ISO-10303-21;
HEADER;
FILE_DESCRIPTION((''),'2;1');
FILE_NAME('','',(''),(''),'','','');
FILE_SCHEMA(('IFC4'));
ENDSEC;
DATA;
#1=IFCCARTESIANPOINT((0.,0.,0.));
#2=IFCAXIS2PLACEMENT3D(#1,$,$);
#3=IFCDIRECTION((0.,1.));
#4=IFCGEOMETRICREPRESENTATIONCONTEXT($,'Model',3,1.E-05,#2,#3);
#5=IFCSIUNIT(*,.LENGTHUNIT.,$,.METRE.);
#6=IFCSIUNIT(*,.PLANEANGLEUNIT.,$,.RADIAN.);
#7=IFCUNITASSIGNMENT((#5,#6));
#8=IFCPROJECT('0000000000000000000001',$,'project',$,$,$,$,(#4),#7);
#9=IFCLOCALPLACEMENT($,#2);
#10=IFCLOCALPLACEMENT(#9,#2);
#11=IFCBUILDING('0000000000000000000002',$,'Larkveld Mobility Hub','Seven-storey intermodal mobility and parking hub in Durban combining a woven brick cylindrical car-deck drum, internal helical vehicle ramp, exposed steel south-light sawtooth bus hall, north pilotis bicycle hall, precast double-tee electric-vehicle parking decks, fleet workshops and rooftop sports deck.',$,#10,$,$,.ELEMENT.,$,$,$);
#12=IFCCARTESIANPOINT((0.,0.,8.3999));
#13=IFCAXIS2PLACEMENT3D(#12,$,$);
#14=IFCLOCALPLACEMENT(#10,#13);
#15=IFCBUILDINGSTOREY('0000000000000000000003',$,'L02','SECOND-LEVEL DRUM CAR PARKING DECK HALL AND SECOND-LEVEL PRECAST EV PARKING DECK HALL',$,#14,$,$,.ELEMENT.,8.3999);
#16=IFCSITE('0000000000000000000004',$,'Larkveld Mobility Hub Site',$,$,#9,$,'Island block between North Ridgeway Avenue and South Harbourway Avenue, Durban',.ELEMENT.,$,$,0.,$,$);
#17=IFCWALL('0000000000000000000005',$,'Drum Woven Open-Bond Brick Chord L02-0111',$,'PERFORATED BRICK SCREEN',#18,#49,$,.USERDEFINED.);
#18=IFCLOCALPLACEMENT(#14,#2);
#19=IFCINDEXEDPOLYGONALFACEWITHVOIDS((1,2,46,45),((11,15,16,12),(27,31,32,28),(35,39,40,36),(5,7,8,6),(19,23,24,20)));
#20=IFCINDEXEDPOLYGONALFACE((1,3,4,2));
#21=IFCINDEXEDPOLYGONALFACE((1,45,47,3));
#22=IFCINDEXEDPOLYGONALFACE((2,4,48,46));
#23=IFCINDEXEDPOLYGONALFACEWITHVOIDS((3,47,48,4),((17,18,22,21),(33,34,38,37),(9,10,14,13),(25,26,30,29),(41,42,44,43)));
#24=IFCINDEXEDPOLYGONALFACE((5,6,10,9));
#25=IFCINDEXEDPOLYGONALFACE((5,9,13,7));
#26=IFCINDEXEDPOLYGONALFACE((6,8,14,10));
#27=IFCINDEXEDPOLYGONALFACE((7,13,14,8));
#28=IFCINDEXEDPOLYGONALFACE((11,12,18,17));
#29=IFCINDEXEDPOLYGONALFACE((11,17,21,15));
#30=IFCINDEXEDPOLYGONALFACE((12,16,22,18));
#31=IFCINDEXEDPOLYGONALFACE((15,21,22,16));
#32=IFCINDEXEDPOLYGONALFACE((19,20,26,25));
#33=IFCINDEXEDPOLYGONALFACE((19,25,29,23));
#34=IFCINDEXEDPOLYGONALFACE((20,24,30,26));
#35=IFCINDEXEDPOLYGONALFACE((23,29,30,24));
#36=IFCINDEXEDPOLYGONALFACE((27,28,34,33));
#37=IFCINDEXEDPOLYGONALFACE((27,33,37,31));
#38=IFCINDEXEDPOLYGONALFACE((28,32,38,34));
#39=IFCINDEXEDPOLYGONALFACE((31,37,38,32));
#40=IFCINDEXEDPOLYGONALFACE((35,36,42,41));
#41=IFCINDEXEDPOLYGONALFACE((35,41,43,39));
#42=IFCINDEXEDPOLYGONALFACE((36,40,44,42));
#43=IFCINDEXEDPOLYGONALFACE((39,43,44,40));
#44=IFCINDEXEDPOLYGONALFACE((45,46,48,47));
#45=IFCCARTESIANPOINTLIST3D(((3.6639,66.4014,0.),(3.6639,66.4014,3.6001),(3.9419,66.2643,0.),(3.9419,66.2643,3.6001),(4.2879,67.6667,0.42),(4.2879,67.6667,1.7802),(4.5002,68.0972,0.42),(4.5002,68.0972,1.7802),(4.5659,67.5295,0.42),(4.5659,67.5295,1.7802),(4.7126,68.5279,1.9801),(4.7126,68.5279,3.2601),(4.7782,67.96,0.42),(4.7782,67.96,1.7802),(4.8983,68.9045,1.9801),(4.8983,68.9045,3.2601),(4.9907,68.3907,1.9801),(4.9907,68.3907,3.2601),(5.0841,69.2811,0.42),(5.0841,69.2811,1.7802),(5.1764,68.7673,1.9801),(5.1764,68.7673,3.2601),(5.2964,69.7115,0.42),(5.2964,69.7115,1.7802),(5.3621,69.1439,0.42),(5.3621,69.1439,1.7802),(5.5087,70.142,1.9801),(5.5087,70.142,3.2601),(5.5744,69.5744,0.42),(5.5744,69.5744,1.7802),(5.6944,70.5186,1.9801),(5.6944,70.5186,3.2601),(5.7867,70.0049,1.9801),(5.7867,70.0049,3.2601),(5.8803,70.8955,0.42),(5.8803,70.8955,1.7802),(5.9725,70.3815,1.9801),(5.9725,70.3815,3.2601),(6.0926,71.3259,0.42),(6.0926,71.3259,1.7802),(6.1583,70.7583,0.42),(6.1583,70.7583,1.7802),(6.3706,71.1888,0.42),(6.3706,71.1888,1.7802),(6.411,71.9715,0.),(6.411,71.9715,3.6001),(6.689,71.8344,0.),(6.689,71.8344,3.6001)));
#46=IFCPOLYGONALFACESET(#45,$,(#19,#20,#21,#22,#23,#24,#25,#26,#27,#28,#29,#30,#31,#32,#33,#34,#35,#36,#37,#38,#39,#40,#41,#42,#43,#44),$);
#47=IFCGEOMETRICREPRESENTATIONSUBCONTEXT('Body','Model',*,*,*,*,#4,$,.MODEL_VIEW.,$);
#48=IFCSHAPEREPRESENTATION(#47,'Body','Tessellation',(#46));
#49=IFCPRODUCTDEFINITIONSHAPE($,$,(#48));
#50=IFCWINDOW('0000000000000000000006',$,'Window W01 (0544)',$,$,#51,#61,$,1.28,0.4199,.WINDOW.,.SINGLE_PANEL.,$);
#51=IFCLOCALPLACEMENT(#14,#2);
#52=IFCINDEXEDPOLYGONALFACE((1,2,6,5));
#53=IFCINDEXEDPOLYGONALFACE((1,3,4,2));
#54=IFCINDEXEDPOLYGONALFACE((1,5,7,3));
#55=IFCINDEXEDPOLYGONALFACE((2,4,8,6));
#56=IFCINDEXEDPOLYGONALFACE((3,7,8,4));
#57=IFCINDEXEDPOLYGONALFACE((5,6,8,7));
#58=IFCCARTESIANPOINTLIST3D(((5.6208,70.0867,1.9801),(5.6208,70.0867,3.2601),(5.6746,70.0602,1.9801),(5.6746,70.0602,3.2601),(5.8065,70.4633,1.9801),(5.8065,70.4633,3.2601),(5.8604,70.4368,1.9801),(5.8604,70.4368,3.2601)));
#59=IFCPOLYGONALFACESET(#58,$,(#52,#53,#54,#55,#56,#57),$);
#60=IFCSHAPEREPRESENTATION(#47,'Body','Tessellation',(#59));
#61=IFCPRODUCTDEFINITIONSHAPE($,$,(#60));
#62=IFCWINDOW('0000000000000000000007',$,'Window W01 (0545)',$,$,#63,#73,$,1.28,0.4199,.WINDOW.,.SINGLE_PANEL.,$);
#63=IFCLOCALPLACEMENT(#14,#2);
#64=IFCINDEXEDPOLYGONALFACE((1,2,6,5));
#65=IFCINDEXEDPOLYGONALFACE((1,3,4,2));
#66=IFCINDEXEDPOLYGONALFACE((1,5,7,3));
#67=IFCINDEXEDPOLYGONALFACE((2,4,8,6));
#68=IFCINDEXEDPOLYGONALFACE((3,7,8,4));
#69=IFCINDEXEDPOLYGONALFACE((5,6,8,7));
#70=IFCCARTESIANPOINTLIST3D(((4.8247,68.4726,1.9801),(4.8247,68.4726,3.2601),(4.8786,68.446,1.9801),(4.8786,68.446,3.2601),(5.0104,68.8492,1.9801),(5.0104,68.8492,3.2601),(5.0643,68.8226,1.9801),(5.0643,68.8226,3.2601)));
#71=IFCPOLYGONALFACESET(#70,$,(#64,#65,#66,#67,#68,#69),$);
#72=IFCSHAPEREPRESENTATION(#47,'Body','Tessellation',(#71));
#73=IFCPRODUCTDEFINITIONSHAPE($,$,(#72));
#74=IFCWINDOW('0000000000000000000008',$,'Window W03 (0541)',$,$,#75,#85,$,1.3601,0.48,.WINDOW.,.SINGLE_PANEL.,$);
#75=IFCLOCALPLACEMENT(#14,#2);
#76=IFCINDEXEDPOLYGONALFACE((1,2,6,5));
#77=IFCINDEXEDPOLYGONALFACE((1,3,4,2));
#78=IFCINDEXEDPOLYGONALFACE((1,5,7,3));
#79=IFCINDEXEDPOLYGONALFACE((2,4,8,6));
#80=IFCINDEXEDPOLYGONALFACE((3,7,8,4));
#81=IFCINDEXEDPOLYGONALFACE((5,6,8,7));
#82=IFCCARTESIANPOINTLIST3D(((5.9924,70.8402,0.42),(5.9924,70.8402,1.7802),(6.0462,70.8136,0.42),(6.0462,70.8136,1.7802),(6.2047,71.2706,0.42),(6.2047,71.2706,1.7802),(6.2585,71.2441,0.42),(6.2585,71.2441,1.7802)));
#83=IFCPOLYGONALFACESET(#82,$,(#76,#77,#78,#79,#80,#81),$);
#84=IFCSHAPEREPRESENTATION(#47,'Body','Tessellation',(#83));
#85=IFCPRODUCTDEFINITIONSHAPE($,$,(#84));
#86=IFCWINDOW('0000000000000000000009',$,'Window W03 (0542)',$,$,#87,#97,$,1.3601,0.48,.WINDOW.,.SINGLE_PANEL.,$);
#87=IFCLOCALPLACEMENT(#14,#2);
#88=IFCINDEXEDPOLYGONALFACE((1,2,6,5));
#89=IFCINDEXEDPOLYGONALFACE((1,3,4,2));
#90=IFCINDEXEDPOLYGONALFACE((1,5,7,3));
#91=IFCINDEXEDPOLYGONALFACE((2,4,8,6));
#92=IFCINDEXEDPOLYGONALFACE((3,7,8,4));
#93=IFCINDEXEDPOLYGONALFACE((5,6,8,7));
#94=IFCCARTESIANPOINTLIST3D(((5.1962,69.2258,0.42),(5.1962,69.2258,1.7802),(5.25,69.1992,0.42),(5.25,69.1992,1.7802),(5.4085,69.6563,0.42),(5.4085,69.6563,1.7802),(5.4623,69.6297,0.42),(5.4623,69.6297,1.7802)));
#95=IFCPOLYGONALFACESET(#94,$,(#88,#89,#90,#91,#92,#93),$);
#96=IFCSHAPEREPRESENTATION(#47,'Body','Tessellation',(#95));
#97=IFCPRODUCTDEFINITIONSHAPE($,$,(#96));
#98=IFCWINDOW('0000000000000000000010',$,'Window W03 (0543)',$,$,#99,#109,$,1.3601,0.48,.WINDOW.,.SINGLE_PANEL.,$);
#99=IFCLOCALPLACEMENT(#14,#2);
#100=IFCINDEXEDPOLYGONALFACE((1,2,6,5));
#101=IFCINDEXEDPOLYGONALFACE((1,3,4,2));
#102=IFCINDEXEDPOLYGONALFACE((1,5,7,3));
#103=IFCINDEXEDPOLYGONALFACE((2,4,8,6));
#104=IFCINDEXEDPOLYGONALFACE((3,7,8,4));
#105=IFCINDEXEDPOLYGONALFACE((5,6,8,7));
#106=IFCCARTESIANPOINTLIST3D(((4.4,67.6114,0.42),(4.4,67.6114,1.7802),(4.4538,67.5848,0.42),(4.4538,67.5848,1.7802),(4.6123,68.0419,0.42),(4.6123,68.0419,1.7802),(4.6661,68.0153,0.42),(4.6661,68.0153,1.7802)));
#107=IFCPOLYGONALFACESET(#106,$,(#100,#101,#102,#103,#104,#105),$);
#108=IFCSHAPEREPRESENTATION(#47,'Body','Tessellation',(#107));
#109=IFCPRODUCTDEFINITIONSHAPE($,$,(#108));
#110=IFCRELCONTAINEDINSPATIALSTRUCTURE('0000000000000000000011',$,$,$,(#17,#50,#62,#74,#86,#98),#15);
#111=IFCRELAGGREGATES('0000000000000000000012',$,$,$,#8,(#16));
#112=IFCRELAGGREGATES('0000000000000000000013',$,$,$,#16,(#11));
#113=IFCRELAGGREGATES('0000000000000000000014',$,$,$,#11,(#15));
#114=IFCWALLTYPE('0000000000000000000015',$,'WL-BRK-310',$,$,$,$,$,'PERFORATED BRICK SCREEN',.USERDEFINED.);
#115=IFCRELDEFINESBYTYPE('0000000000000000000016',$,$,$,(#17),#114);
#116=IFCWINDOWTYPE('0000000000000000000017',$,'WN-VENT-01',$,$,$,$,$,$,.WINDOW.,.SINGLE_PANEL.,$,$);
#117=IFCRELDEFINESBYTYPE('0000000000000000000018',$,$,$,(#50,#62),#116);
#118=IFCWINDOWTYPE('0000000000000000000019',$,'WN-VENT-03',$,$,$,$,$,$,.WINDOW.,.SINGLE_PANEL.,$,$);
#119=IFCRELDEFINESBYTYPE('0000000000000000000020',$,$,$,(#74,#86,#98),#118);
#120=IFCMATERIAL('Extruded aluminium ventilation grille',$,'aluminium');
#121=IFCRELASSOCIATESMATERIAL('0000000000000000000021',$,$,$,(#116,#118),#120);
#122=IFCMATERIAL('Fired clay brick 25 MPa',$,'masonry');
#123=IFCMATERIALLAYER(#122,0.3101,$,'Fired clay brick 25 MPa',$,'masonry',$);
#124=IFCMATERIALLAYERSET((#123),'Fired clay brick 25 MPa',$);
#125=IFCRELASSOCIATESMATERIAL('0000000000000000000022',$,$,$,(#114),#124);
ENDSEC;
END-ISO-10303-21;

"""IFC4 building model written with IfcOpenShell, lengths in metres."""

from ifc_helpers import new_model, si_unit, direction, frame, frame_2d, origin, place, context, subcontext, project, spatial, rectangle, extrude, material, layer, layer_set, type_object, element, fill, save


model = new_model("IFC4")

# Units and contexts
model_context = context("Model", 3, precision=1e-05, world=origin(), true_north=direction((0.0, 1.0)))
body_context = subcontext(model_context, "Body", "Model", "MODEL_VIEW")
ifc_project = project(units=[si_unit("LENGTHUNIT", "METRE"), si_unit("PLANEANGLEUNIT", "RADIAN")], contexts=[model_context])

# Site, building, storey
site_placement = place(None, origin())
site = spatial("IfcSite", under=ifc_project, at=site_placement, Name="Larkveld Mobility Hub Site", LongName="Island block between North Ridgeway Avenue and South Harbourway Avenue, Durban", CompositionType="ELEMENT", RefElevation=0.0)
building_placement = place(site_placement, origin())
building = spatial("IfcBuilding", under=site, at=building_placement, Name="Larkveld Mobility Hub", Description="Seven-storey intermodal mobility and parking hub in Durban combining a woven brick cylindrical car-deck drum, internal helical vehicle ramp, exposed steel south-light sawtooth bus hall, north pilotis bicycle hall, precast double-tee electric-vehicle parking decks, fleet workshops and rooftop sports deck.", CompositionType="ELEMENT")
storey_placement = place(building_placement, frame((0.0, 0.0, 8.3999)))
storey = spatial("IfcBuildingStorey", under=building, at=storey_placement, Name="L02", Description="SECOND-LEVEL DRUM CAR PARKING DECK HALL AND SECOND-LEVEL PRECAST EV PARKING DECK HALL", CompositionType="ELEMENT", Elevation=8.3999)

# Wall, openings, windows
ifc_material_1 = material(Name="Fired clay brick 25 MPa", Category="masonry")
ifc_material_2 = material(Name="Extruded aluminium ventilation grille", Category="aluminium")
window_type_1 = type_object("IfcWindowType", Name="WN-VENT-01", PartitioningType="SINGLE_PANEL", PredefinedType="WINDOW", material=ifc_material_2)
window_type_2 = type_object("IfcWindowType", Name="WN-VENT-03", PartitioningType="SINGLE_PANEL", PredefinedType="WINDOW", material=ifc_material_2)
ifc_layer_1 = layer(ifc_material_1, 0.3101, Name="Fired clay brick 25 MPa", Category="masonry")
ifc_layer_set_1 = layer_set([ifc_layer_1], Name="Fired clay brick 25 MPa")
wall_type_1 = type_object("IfcWallType", Name="WL-BRK-310", ElementType="PERFORATED BRICK SCREEN", PredefinedType="USERDEFINED", material=ifc_layer_set_1)
wall_1_placement = place(storey_placement, frame((6.55, 71.9031, 0.0), z_axis=(0.0, 0.0, 1.0), x_axis=(-0.442317, -0.896859, 0.0)))
wall_1 = element("IfcWall", 1, at=wall_1_placement, inside=storey, type_object=wall_type_1, Name="Drum Woven Open-Bond Brick Chord L02-0111", ObjectType="PERFORATED BRICK SCREEN", PredefinedType="USERDEFINED", context=body_context, shape_type="SweptSolid", body=[
    extrude(rectangle(XDim=6.2107, YDim=0.3101, at=frame_2d((3.1055, 0.0))), origin(), (0.0, 0.0, 1.0), 3.6001),
])
opening_1_placement = place(wall_1_placement, frame((0.72, 0.0, 0.4199)))
opening_1 = element("IfcOpeningElement", 2, at=opening_1_placement, cuts=wall_1, PredefinedType="OPENING", context=body_context, shape_type="SweptSolid", body=[
    extrude(rectangle(XDim=0.48, YDim=1.3601, at=frame_2d((0.24, 0.6802))), frame((0.0, 0.165, 0.0), z_axis=(0.0, -1.0, 0.0), x_axis=(1.0, 0.0, 0.0)), (0.0, 0.0, 1.0), 0.3301),
])
opening_2_placement = place(wall_1_placement, frame((2.52, 0.0, 0.4199)))
opening_2 = element("IfcOpeningElement", 3, at=opening_2_placement, cuts=wall_1, PredefinedType="OPENING", context=body_context, shape_type="SweptSolid", body=[
    extrude(rectangle(XDim=0.48, YDim=1.3601, at=frame_2d((0.24, 0.6802))), frame((0.0, 0.165, 0.0), z_axis=(0.0, -1.0, 0.0), x_axis=(1.0, 0.0, 0.0)), (0.0, 0.0, 1.0), 0.3301),
])
opening_3_placement = place(wall_1_placement, frame((4.3201, 0.0, 0.4199)))
opening_3 = element("IfcOpeningElement", 4, at=opening_3_placement, cuts=wall_1, PredefinedType="OPENING", context=body_context, shape_type="SweptSolid", body=[
    extrude(rectangle(XDim=0.48, YDim=1.3601, at=frame_2d((0.24, 0.6802))), frame((0.0, 0.165, 0.0), z_axis=(0.0, -1.0, 0.0), x_axis=(1.0, 0.0, 0.0)), (0.0, 0.0, 1.0), 0.3301),
])
opening_4_placement = place(wall_1_placement, frame((1.6201, 0.0, 1.98)))
opening_4 = element("IfcOpeningElement", 5, at=opening_4_placement, cuts=wall_1, PredefinedType="OPENING", context=body_context, shape_type="SweptSolid", body=[
    extrude(rectangle(XDim=0.4199, YDim=1.28, at=frame_2d((0.21, 0.6401))), frame((0.0, 0.165, 0.0), z_axis=(0.0, -1.0, 0.0), x_axis=(1.0, 0.0, 0.0)), (0.0, 0.0, 1.0), 0.3301),
])
opening_5_placement = place(wall_1_placement, frame((3.4199, 0.0, 1.98)))
opening_5 = element("IfcOpeningElement", 6, at=opening_5_placement, cuts=wall_1, PredefinedType="OPENING", context=body_context, shape_type="SweptSolid", body=[
    extrude(rectangle(XDim=0.4199, YDim=1.28, at=frame_2d((0.21, 0.6401))), frame((0.0, 0.165, 0.0), z_axis=(0.0, -1.0, 0.0), x_axis=(1.0, 0.0, 0.0)), (0.0, 0.0, 1.0), 0.3301),
])
window_1_placement = place(opening_4_placement, origin())
window_1 = element("IfcWindow", 7, at=window_1_placement, inside=storey, type_object=window_type_1, Name="Window W01 (0544)", OverallHeight=1.28, OverallWidth=0.4199, PartitioningType="SINGLE_PANEL", PredefinedType="WINDOW", context=body_context, shape_type="SweptSolid", body=[
    extrude(rectangle(XDim=0.4199, YDim=1.28, at=frame_2d((0.21, 0.6401))), frame((0.0, 0.03, 0.0), z_axis=(0.0, -1.0, 0.0), x_axis=(1.0, 0.0, 0.0)), (0.0, 0.0, 1.0), 0.0601),
])
fill(opening_4, window_1)
window_2_placement = place(opening_5_placement, origin())
window_2 = element("IfcWindow", 8, at=window_2_placement, inside=storey, type_object=window_type_1, Name="Window W01 (0545)", OverallHeight=1.28, OverallWidth=0.4199, PartitioningType="SINGLE_PANEL", PredefinedType="WINDOW", context=body_context, shape_type="SweptSolid", body=[
    extrude(rectangle(XDim=0.4199, YDim=1.28, at=frame_2d((0.21, 0.6401))), frame((0.0, 0.03, 0.0), z_axis=(0.0, -1.0, 0.0), x_axis=(1.0, 0.0, 0.0)), (0.0, 0.0, 1.0), 0.0601),
])
fill(opening_5, window_2)
window_3_placement = place(opening_1_placement, origin())
window_3 = element("IfcWindow", 9, at=window_3_placement, inside=storey, type_object=window_type_2, Name="Window W03 (0541)", OverallHeight=1.3601, OverallWidth=0.48, PartitioningType="SINGLE_PANEL", PredefinedType="WINDOW", context=body_context, shape_type="SweptSolid", body=[
    extrude(rectangle(XDim=0.48, YDim=1.3601, at=frame_2d((0.24, 0.6802))), frame((0.0, 0.03, 0.0), z_axis=(0.0, -1.0, 0.0), x_axis=(1.0, 0.0, 0.0)), (0.0, 0.0, 1.0), 0.0601),
])
fill(opening_1, window_3)
window_4_placement = place(opening_2_placement, origin())
window_4 = element("IfcWindow", 10, at=window_4_placement, inside=storey, type_object=window_type_2, Name="Window W03 (0542)", OverallHeight=1.3601, OverallWidth=0.48, PartitioningType="SINGLE_PANEL", PredefinedType="WINDOW", context=body_context, shape_type="SweptSolid", body=[
    extrude(rectangle(XDim=0.48, YDim=1.3601, at=frame_2d((0.24, 0.6802))), frame((0.0, 0.03, 0.0), z_axis=(0.0, -1.0, 0.0), x_axis=(1.0, 0.0, 0.0)), (0.0, 0.0, 1.0), 0.0601),
])
fill(opening_2, window_4)
window_5_placement = place(opening_3_placement, origin())
window_5 = element("IfcWindow", 11, at=window_5_placement, inside=storey, type_object=window_type_2, Name="Window W03 (0543)", OverallHeight=1.3601, OverallWidth=0.48, PartitioningType="SINGLE_PANEL", PredefinedType="WINDOW", context=body_context, shape_type="SweptSolid", body=[
    extrude(rectangle(XDim=0.48, YDim=1.3601, at=frame_2d((0.24, 0.6802))), frame((0.0, 0.03, 0.0), z_axis=(0.0, -1.0, 0.0), x_axis=(1.0, 0.0, 0.0)), (0.0, 0.0, 1.0), 0.0601),
])
fill(opening_3, window_5)

save(model, "model.ifc")
